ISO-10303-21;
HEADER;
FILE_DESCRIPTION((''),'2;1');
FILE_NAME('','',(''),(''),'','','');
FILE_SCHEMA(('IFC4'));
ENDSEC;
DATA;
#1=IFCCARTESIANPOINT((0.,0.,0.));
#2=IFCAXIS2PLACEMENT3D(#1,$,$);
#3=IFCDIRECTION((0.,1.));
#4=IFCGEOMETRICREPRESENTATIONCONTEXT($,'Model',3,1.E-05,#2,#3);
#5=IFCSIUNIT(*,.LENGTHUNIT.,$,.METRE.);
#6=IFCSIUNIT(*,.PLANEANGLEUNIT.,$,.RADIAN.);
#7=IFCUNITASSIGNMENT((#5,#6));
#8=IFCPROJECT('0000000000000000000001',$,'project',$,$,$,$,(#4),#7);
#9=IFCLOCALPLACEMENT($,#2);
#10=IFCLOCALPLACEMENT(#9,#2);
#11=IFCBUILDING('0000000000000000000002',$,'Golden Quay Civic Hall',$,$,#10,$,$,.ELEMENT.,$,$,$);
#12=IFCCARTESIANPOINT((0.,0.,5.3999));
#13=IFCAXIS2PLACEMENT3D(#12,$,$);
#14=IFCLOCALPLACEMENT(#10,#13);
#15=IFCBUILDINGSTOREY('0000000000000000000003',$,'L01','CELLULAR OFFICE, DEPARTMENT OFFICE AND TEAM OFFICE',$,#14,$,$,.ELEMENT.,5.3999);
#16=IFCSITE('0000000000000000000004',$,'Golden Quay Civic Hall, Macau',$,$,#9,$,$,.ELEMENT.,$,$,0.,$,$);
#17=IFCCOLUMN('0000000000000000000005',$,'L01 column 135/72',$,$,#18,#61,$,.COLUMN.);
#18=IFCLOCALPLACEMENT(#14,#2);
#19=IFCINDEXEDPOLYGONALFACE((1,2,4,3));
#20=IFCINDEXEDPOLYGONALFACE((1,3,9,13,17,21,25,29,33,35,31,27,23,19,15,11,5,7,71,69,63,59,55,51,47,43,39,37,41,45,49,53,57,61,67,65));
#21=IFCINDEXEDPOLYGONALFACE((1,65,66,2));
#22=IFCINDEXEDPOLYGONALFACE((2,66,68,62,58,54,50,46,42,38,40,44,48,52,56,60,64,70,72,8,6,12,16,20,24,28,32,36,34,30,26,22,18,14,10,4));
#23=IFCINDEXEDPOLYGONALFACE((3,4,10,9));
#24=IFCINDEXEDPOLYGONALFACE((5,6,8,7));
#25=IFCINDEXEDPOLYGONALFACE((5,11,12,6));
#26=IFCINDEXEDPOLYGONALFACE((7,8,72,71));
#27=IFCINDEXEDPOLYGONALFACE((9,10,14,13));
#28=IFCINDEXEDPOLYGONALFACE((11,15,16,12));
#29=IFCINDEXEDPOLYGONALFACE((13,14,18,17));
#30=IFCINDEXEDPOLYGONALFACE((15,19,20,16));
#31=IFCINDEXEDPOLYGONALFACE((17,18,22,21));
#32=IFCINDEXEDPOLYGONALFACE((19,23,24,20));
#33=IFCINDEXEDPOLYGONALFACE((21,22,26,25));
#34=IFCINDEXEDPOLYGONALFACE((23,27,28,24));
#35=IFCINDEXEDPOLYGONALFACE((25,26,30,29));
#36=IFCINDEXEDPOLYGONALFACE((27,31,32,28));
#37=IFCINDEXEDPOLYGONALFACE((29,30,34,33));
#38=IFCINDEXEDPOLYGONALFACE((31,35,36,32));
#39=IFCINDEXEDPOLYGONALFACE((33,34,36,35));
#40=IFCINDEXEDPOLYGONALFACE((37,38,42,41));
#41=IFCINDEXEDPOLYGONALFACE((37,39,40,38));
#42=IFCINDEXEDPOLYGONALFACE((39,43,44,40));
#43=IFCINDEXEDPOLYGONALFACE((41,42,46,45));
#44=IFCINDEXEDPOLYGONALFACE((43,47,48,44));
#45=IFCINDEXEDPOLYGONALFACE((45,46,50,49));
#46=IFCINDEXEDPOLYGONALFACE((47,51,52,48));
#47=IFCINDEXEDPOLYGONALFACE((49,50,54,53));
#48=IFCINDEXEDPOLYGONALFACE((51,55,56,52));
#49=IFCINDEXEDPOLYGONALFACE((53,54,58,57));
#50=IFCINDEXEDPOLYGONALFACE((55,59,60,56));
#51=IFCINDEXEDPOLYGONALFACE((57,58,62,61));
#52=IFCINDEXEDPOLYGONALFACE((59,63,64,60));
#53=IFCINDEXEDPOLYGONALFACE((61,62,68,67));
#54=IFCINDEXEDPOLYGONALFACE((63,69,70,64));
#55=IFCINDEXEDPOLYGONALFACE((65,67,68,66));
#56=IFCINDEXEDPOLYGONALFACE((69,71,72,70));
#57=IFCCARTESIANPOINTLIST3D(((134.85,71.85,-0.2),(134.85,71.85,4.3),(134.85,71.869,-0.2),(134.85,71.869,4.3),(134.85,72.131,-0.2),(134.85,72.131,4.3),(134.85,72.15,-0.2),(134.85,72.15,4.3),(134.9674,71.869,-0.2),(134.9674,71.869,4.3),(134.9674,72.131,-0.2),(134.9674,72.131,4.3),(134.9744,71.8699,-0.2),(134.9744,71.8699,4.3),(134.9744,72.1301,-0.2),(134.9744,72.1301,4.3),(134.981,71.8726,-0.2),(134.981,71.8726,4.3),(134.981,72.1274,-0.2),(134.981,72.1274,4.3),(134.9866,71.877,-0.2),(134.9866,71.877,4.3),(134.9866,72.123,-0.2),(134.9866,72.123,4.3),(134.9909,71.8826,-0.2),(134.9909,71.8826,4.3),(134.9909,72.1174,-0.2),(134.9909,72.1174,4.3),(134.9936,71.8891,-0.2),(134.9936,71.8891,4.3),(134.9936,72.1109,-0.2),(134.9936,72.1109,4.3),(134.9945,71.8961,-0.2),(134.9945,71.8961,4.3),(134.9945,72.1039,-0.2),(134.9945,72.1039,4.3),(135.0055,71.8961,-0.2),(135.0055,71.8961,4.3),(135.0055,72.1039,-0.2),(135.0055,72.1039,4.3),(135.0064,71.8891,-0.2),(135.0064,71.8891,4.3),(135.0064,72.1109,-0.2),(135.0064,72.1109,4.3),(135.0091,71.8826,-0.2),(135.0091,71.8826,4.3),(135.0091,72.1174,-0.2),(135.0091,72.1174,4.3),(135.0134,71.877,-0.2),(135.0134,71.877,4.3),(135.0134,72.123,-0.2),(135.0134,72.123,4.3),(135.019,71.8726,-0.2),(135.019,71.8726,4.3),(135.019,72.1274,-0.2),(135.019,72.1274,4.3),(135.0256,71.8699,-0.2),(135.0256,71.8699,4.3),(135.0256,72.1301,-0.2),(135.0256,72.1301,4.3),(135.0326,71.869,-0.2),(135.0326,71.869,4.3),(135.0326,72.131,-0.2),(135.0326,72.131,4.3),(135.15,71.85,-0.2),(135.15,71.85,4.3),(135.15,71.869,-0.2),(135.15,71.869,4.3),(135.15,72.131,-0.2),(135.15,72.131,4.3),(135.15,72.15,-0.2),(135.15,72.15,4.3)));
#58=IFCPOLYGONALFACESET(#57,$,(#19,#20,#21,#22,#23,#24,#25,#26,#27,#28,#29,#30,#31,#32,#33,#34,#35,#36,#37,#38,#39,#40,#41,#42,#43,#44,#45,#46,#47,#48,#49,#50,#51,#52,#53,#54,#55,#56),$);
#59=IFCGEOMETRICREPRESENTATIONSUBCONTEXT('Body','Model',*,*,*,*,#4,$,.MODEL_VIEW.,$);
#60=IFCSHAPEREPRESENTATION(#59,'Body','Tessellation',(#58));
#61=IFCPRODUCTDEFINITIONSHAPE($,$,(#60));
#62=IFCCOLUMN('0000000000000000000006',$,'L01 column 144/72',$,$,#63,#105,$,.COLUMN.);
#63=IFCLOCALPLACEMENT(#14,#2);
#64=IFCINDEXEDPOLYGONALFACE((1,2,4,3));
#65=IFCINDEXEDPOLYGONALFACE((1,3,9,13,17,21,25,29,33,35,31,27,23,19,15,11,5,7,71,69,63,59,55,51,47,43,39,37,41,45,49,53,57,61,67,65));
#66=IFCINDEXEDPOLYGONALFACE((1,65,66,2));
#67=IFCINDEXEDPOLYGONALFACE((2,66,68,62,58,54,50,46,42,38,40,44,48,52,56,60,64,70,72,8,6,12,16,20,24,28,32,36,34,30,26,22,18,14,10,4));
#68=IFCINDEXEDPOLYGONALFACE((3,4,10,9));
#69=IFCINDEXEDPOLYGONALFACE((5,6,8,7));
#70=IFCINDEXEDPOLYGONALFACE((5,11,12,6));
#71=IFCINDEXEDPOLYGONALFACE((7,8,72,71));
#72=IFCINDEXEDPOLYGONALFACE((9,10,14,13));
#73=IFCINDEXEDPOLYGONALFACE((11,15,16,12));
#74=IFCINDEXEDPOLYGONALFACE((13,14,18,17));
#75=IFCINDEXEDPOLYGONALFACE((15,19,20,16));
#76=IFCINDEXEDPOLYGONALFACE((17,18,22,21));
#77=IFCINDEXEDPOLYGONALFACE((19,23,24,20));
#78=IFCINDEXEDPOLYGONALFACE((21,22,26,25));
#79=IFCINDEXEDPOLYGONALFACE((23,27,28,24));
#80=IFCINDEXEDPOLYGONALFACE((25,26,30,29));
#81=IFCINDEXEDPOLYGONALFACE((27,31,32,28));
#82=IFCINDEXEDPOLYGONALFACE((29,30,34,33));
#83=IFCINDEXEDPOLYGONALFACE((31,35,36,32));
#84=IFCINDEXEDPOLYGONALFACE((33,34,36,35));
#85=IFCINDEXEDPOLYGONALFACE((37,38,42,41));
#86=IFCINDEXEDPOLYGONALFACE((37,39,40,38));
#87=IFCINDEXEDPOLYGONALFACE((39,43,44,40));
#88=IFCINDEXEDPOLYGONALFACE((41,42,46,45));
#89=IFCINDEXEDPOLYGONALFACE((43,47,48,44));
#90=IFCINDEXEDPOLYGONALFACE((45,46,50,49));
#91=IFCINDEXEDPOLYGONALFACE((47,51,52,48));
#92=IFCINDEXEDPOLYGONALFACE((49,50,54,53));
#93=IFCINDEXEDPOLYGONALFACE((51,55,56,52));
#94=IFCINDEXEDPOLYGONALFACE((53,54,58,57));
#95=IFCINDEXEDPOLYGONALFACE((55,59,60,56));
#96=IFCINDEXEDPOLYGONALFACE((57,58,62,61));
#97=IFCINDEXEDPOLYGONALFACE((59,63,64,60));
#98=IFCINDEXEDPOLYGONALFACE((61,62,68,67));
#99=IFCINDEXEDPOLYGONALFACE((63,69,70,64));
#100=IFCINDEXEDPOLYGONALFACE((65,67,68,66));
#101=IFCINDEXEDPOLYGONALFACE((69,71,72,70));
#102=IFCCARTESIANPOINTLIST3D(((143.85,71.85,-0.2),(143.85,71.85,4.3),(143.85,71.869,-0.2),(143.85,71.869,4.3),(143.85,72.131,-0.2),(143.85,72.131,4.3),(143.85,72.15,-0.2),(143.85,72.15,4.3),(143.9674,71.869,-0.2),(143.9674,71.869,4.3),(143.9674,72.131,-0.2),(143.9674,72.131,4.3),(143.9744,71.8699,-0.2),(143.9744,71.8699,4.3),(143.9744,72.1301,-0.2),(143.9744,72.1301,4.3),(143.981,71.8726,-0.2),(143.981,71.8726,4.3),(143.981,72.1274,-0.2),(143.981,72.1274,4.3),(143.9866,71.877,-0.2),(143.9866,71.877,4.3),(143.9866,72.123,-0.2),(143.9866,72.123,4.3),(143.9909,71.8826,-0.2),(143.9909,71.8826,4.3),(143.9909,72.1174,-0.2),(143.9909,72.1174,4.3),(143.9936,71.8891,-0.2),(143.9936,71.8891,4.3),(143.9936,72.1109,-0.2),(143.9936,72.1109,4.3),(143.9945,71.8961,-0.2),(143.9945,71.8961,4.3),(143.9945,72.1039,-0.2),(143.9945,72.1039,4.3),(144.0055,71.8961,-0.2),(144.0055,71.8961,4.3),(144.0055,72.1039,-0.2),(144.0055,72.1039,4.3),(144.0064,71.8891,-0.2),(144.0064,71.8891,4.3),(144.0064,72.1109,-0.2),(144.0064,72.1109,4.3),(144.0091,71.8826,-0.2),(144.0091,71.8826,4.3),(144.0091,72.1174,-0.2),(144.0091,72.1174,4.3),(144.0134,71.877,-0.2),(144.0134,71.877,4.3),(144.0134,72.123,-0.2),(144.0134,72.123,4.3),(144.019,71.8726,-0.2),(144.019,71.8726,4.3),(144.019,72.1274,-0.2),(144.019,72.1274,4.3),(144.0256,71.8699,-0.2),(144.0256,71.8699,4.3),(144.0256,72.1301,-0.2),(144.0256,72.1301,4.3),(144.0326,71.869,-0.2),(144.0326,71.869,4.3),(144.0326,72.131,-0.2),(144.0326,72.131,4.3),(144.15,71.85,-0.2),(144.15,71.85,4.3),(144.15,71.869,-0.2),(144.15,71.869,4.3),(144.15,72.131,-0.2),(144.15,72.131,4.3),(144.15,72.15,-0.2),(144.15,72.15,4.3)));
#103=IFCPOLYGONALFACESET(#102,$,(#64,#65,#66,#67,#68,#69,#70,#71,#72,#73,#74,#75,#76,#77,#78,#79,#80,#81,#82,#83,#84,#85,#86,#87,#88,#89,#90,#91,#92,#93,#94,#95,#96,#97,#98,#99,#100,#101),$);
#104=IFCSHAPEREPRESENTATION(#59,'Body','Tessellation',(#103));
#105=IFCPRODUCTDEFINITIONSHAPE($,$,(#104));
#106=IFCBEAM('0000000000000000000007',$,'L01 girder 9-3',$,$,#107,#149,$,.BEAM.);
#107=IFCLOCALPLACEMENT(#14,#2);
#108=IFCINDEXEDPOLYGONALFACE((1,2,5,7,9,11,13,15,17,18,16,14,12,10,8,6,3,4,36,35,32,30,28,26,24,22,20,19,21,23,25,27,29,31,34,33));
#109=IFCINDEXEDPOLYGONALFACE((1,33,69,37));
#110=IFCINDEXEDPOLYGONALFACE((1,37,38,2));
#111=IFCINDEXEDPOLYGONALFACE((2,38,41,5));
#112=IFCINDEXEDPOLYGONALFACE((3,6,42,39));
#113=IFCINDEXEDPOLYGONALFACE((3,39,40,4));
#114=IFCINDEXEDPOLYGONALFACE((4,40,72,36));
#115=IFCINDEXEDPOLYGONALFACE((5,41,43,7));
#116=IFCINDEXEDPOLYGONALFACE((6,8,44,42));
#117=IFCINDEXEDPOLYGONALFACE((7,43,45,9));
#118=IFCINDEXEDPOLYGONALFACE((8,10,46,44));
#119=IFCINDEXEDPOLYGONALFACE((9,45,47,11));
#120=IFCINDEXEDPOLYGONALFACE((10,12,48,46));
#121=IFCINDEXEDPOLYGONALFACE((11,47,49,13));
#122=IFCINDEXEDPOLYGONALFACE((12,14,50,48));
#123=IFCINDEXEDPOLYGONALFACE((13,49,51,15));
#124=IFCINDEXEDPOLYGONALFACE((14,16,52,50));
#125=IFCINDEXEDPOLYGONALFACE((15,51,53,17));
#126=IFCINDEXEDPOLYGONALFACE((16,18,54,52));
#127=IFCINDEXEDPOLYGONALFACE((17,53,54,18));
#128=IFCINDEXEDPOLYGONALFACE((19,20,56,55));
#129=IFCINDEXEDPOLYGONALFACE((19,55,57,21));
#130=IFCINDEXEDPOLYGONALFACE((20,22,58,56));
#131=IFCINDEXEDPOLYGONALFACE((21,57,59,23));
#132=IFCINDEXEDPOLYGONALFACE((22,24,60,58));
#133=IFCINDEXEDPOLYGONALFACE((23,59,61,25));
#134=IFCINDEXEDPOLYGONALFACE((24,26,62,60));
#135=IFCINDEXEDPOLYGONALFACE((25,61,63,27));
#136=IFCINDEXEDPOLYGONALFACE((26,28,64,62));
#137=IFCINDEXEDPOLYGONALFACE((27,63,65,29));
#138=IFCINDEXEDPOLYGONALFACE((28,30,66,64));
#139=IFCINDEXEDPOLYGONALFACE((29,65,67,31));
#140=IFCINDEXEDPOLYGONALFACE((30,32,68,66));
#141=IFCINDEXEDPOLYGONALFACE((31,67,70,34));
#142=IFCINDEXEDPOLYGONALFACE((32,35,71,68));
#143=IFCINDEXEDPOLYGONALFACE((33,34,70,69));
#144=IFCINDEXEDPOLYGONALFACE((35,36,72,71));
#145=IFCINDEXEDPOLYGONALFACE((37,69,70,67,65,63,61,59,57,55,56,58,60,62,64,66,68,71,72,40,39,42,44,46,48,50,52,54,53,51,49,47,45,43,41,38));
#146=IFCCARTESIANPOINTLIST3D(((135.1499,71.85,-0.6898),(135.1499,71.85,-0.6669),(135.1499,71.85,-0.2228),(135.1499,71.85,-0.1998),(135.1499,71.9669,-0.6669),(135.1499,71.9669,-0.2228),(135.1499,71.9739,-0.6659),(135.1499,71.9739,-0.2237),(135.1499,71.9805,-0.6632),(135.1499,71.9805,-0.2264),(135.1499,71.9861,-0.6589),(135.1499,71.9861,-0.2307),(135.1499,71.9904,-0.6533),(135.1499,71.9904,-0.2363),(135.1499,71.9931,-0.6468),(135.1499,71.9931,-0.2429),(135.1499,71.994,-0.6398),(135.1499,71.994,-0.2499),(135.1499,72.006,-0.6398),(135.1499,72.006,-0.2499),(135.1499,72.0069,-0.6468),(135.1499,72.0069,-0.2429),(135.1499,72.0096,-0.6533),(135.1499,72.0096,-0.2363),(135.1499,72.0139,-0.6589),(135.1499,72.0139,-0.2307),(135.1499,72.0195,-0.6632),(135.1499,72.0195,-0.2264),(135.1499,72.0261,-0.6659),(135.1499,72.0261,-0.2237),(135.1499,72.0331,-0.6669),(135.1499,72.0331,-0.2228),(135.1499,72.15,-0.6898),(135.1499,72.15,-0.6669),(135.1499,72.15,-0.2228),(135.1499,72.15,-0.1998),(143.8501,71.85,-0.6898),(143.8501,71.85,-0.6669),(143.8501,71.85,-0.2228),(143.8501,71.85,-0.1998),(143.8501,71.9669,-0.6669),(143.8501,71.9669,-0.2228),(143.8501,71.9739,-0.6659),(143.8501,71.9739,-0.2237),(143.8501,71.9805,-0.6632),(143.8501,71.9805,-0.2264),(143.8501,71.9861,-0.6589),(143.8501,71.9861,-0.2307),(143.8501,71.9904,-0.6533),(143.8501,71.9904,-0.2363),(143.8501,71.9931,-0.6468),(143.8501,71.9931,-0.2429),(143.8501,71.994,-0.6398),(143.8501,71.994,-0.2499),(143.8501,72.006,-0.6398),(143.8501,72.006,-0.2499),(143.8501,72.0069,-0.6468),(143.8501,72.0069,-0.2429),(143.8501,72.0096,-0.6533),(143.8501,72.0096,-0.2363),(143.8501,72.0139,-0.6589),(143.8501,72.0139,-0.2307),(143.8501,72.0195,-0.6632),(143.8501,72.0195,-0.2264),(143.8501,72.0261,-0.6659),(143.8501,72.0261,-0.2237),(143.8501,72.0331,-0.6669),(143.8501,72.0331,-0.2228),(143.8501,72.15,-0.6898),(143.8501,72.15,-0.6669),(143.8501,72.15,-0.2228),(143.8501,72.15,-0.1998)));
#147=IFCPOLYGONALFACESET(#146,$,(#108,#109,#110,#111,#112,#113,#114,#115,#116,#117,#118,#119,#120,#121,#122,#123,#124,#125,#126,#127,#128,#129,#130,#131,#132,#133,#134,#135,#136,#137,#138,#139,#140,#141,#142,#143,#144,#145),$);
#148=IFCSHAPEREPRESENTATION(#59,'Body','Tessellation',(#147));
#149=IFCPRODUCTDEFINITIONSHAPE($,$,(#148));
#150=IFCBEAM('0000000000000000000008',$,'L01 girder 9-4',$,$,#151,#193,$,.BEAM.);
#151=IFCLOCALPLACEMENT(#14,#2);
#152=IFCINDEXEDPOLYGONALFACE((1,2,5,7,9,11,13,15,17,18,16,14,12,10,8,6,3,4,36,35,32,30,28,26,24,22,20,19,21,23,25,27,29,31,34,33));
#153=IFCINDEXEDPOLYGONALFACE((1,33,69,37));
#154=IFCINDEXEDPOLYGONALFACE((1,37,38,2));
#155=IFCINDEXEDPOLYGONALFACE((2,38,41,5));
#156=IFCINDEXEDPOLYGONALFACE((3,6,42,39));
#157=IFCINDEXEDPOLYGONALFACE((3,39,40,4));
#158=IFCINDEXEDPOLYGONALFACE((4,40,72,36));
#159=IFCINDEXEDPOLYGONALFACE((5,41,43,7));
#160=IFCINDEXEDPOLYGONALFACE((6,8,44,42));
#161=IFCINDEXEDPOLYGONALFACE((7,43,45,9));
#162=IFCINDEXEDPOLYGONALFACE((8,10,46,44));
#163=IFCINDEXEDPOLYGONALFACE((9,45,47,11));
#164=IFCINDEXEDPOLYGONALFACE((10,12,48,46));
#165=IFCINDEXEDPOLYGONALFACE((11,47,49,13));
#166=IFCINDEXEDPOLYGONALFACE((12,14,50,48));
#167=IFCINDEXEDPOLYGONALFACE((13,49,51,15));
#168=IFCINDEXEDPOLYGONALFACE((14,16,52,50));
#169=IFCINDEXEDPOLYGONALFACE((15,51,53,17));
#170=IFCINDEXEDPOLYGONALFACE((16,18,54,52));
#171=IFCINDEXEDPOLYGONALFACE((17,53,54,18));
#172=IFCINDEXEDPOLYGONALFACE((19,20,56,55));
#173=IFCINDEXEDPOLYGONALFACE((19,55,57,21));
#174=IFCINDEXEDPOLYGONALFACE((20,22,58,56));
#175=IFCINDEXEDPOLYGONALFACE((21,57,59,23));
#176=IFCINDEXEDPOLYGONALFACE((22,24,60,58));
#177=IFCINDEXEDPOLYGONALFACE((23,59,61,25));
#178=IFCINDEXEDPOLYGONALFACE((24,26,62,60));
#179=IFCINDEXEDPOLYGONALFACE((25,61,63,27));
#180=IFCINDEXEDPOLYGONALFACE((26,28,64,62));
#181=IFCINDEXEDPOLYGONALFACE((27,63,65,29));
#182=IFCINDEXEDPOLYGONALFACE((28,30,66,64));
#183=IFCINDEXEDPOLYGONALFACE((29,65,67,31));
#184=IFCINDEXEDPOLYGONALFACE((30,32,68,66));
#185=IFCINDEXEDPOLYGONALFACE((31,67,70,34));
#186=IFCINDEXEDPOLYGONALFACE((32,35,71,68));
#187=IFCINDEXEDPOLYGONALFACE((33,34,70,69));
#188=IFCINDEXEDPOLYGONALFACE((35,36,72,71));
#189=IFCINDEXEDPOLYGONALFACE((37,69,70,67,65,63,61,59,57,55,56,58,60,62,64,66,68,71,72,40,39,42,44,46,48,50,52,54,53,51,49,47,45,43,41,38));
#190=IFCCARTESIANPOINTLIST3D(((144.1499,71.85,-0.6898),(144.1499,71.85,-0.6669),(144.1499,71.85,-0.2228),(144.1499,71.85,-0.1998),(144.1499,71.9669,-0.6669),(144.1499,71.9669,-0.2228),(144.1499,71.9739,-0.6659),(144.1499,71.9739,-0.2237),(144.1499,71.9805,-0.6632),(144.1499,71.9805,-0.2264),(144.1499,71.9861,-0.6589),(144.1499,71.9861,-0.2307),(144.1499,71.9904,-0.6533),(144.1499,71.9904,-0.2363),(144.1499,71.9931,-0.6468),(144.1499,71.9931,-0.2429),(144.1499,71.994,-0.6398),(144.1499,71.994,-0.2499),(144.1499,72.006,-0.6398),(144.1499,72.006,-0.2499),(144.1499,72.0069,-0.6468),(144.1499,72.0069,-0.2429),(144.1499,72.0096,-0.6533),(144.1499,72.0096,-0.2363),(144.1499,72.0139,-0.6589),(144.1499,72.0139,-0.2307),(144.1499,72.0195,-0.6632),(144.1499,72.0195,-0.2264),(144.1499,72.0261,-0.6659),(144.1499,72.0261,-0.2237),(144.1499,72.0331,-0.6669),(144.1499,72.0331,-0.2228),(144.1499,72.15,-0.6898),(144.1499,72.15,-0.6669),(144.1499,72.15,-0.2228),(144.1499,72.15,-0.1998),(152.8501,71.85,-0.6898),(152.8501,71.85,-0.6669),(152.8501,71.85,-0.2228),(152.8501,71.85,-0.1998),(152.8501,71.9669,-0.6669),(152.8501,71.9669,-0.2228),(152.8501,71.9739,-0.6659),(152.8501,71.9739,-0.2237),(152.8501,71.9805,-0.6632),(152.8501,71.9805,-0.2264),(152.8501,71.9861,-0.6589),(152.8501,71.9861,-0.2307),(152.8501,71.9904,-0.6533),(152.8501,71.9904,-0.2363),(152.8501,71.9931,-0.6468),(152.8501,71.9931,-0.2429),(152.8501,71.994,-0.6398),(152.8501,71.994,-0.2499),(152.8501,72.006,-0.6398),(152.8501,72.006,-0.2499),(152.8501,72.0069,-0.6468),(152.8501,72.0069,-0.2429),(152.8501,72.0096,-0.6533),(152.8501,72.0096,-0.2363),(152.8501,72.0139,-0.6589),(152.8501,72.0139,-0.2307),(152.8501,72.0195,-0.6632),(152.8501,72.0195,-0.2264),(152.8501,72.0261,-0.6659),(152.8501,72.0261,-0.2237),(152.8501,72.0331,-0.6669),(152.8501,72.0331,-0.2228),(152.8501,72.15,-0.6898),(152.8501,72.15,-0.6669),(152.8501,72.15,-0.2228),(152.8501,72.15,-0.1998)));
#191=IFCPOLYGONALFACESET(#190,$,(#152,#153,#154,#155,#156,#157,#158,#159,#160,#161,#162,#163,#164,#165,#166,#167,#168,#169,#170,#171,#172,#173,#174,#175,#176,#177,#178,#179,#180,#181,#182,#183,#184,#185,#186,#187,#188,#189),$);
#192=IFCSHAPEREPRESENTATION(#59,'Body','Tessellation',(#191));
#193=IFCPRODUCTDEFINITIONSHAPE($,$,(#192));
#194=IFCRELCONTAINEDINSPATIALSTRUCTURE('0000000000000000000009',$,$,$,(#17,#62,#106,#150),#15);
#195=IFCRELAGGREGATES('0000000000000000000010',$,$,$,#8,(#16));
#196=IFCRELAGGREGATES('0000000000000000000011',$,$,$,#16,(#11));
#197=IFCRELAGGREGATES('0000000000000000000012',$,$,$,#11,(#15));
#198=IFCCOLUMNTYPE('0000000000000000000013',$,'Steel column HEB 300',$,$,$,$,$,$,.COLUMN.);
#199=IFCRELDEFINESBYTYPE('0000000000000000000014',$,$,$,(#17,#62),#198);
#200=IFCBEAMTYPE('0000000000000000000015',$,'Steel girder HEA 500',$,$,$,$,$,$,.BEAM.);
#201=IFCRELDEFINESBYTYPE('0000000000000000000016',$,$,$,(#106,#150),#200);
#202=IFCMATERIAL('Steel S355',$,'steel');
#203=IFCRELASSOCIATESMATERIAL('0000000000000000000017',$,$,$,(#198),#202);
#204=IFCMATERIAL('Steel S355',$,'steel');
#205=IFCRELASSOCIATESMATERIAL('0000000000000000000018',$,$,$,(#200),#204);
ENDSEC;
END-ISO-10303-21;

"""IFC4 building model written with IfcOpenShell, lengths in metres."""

from ifc_helpers import new_model, si_unit, direction, frame, origin, origin_2d, place, context, subcontext, project, spatial, i_section, extrude, material, material_profile, profile_set, type_object, element, save


model = new_model("IFC4")

# Units and contexts
model_context = context("Model", 3, precision=1e-05, world=origin(), true_north=direction((0.0, 1.0)))
body_context = subcontext(model_context, "Body", "Model", "MODEL_VIEW")
ifc_project = project(units=[si_unit("LENGTHUNIT", "METRE"), si_unit("PLANEANGLEUNIT", "RADIAN")], contexts=[model_context])

# Site, building, storey
site_placement = place(None, origin())
site = spatial("IfcSite", under=ifc_project, at=site_placement, Name="Golden Quay Civic Hall, Macau", CompositionType="ELEMENT", RefElevation=0.0)
building_placement = place(site_placement, origin())
building = spatial("IfcBuilding", under=site, at=building_placement, Name="Golden Quay Civic Hall", CompositionType="ELEMENT")
storey_placement = place(building_placement, frame((0.0, 0.0, 5.3999)))
storey = spatial("IfcBuildingStorey", under=building, at=storey_placement, Name="L01", Description="CELLULAR OFFICE, DEPARTMENT OFFICE AND TEAM OFFICE", CompositionType="ELEMENT", Elevation=5.3999)

# Columns
ifc_material_1 = material(Name="Steel S355", Category="steel")
ifc_material_profile_1 = material_profile(ifc_material_1, i_section(OverallWidth=0.3, OverallDepth=0.3, WebThickness=0.011, FlangeThickness=0.019, FilletRadius=0.0271, at=origin_2d()), Name="HEB 300")
ifc_profile_set_1 = profile_set([ifc_material_profile_1], Name="Steel S355")
column_type = type_object("IfcColumnType", Name="Steel column HEB 300", PredefinedType="COLUMN", material=ifc_profile_set_1)
for number, where, z_axis, x_axis, name in (
    (1, (135.0, 72.0, -0.2), (0.0, 0.0, 1.0), (1.0, 0.0, 0.0), "L01 column 135/72"),
    (2, (144.0, 72.0, -0.2), (0.0, 0.0, 1.0), (1.0, 0.0, 0.0), "L01 column 144/72"),
):
    element("IfcColumn", number, at=place(storey_placement, frame(where, z_axis=z_axis, x_axis=x_axis)), inside=storey, type_object=column_type, Name=name, PredefinedType="COLUMN", context=body_context, shape_type="SweptSolid", body=[
        extrude(i_section(OverallWidth=0.3, OverallDepth=0.3, WebThickness=0.011, FlangeThickness=0.019, FilletRadius=0.0271, at=origin_2d()), origin(), (0.0, 0.0, 1.0), 4.5),
    ])

# Beams
ifc_material_2 = material(Name="Steel S355", Category="steel")
ifc_material_profile_2 = material_profile(ifc_material_2, i_section(OverallWidth=0.3, OverallDepth=0.49, WebThickness=0.012, FlangeThickness=0.0229, FilletRadius=0.0271, at=origin_2d()), Name="HEA 500")
ifc_profile_set_2 = profile_set([ifc_material_profile_2], Name="Steel S355")
beam_type_1 = type_object("IfcBeamType", Name="Steel girder HEA 500", PredefinedType="BEAM", material=ifc_profile_set_2)
for number, where, z_axis, x_axis, name in (
    (3, (135.1499, 72.0, -0.4448), (1.0, 0.0, 0.0), (0.0, 1.0, 0.0), "L01 girder 9-3"),
    (4, (144.1499, 72.0, -0.4448), (1.0, 0.0, 0.0), (0.0, 1.0, 0.0), "L01 girder 9-4"),
):
    element("IfcBeam", number, at=place(storey_placement, frame(where, z_axis=z_axis, x_axis=x_axis)), inside=storey, type_object=beam_type_1, Name=name, PredefinedType="BEAM", context=body_context, shape_type="SweptSolid", body=[
        extrude(i_section(OverallWidth=0.3, OverallDepth=0.49, WebThickness=0.012, FlangeThickness=0.0229, FilletRadius=0.0271, at=origin_2d()), origin(), (0.0, 0.0, 1.0), 8.7002),
    ])

save(model, "model.ifc")
